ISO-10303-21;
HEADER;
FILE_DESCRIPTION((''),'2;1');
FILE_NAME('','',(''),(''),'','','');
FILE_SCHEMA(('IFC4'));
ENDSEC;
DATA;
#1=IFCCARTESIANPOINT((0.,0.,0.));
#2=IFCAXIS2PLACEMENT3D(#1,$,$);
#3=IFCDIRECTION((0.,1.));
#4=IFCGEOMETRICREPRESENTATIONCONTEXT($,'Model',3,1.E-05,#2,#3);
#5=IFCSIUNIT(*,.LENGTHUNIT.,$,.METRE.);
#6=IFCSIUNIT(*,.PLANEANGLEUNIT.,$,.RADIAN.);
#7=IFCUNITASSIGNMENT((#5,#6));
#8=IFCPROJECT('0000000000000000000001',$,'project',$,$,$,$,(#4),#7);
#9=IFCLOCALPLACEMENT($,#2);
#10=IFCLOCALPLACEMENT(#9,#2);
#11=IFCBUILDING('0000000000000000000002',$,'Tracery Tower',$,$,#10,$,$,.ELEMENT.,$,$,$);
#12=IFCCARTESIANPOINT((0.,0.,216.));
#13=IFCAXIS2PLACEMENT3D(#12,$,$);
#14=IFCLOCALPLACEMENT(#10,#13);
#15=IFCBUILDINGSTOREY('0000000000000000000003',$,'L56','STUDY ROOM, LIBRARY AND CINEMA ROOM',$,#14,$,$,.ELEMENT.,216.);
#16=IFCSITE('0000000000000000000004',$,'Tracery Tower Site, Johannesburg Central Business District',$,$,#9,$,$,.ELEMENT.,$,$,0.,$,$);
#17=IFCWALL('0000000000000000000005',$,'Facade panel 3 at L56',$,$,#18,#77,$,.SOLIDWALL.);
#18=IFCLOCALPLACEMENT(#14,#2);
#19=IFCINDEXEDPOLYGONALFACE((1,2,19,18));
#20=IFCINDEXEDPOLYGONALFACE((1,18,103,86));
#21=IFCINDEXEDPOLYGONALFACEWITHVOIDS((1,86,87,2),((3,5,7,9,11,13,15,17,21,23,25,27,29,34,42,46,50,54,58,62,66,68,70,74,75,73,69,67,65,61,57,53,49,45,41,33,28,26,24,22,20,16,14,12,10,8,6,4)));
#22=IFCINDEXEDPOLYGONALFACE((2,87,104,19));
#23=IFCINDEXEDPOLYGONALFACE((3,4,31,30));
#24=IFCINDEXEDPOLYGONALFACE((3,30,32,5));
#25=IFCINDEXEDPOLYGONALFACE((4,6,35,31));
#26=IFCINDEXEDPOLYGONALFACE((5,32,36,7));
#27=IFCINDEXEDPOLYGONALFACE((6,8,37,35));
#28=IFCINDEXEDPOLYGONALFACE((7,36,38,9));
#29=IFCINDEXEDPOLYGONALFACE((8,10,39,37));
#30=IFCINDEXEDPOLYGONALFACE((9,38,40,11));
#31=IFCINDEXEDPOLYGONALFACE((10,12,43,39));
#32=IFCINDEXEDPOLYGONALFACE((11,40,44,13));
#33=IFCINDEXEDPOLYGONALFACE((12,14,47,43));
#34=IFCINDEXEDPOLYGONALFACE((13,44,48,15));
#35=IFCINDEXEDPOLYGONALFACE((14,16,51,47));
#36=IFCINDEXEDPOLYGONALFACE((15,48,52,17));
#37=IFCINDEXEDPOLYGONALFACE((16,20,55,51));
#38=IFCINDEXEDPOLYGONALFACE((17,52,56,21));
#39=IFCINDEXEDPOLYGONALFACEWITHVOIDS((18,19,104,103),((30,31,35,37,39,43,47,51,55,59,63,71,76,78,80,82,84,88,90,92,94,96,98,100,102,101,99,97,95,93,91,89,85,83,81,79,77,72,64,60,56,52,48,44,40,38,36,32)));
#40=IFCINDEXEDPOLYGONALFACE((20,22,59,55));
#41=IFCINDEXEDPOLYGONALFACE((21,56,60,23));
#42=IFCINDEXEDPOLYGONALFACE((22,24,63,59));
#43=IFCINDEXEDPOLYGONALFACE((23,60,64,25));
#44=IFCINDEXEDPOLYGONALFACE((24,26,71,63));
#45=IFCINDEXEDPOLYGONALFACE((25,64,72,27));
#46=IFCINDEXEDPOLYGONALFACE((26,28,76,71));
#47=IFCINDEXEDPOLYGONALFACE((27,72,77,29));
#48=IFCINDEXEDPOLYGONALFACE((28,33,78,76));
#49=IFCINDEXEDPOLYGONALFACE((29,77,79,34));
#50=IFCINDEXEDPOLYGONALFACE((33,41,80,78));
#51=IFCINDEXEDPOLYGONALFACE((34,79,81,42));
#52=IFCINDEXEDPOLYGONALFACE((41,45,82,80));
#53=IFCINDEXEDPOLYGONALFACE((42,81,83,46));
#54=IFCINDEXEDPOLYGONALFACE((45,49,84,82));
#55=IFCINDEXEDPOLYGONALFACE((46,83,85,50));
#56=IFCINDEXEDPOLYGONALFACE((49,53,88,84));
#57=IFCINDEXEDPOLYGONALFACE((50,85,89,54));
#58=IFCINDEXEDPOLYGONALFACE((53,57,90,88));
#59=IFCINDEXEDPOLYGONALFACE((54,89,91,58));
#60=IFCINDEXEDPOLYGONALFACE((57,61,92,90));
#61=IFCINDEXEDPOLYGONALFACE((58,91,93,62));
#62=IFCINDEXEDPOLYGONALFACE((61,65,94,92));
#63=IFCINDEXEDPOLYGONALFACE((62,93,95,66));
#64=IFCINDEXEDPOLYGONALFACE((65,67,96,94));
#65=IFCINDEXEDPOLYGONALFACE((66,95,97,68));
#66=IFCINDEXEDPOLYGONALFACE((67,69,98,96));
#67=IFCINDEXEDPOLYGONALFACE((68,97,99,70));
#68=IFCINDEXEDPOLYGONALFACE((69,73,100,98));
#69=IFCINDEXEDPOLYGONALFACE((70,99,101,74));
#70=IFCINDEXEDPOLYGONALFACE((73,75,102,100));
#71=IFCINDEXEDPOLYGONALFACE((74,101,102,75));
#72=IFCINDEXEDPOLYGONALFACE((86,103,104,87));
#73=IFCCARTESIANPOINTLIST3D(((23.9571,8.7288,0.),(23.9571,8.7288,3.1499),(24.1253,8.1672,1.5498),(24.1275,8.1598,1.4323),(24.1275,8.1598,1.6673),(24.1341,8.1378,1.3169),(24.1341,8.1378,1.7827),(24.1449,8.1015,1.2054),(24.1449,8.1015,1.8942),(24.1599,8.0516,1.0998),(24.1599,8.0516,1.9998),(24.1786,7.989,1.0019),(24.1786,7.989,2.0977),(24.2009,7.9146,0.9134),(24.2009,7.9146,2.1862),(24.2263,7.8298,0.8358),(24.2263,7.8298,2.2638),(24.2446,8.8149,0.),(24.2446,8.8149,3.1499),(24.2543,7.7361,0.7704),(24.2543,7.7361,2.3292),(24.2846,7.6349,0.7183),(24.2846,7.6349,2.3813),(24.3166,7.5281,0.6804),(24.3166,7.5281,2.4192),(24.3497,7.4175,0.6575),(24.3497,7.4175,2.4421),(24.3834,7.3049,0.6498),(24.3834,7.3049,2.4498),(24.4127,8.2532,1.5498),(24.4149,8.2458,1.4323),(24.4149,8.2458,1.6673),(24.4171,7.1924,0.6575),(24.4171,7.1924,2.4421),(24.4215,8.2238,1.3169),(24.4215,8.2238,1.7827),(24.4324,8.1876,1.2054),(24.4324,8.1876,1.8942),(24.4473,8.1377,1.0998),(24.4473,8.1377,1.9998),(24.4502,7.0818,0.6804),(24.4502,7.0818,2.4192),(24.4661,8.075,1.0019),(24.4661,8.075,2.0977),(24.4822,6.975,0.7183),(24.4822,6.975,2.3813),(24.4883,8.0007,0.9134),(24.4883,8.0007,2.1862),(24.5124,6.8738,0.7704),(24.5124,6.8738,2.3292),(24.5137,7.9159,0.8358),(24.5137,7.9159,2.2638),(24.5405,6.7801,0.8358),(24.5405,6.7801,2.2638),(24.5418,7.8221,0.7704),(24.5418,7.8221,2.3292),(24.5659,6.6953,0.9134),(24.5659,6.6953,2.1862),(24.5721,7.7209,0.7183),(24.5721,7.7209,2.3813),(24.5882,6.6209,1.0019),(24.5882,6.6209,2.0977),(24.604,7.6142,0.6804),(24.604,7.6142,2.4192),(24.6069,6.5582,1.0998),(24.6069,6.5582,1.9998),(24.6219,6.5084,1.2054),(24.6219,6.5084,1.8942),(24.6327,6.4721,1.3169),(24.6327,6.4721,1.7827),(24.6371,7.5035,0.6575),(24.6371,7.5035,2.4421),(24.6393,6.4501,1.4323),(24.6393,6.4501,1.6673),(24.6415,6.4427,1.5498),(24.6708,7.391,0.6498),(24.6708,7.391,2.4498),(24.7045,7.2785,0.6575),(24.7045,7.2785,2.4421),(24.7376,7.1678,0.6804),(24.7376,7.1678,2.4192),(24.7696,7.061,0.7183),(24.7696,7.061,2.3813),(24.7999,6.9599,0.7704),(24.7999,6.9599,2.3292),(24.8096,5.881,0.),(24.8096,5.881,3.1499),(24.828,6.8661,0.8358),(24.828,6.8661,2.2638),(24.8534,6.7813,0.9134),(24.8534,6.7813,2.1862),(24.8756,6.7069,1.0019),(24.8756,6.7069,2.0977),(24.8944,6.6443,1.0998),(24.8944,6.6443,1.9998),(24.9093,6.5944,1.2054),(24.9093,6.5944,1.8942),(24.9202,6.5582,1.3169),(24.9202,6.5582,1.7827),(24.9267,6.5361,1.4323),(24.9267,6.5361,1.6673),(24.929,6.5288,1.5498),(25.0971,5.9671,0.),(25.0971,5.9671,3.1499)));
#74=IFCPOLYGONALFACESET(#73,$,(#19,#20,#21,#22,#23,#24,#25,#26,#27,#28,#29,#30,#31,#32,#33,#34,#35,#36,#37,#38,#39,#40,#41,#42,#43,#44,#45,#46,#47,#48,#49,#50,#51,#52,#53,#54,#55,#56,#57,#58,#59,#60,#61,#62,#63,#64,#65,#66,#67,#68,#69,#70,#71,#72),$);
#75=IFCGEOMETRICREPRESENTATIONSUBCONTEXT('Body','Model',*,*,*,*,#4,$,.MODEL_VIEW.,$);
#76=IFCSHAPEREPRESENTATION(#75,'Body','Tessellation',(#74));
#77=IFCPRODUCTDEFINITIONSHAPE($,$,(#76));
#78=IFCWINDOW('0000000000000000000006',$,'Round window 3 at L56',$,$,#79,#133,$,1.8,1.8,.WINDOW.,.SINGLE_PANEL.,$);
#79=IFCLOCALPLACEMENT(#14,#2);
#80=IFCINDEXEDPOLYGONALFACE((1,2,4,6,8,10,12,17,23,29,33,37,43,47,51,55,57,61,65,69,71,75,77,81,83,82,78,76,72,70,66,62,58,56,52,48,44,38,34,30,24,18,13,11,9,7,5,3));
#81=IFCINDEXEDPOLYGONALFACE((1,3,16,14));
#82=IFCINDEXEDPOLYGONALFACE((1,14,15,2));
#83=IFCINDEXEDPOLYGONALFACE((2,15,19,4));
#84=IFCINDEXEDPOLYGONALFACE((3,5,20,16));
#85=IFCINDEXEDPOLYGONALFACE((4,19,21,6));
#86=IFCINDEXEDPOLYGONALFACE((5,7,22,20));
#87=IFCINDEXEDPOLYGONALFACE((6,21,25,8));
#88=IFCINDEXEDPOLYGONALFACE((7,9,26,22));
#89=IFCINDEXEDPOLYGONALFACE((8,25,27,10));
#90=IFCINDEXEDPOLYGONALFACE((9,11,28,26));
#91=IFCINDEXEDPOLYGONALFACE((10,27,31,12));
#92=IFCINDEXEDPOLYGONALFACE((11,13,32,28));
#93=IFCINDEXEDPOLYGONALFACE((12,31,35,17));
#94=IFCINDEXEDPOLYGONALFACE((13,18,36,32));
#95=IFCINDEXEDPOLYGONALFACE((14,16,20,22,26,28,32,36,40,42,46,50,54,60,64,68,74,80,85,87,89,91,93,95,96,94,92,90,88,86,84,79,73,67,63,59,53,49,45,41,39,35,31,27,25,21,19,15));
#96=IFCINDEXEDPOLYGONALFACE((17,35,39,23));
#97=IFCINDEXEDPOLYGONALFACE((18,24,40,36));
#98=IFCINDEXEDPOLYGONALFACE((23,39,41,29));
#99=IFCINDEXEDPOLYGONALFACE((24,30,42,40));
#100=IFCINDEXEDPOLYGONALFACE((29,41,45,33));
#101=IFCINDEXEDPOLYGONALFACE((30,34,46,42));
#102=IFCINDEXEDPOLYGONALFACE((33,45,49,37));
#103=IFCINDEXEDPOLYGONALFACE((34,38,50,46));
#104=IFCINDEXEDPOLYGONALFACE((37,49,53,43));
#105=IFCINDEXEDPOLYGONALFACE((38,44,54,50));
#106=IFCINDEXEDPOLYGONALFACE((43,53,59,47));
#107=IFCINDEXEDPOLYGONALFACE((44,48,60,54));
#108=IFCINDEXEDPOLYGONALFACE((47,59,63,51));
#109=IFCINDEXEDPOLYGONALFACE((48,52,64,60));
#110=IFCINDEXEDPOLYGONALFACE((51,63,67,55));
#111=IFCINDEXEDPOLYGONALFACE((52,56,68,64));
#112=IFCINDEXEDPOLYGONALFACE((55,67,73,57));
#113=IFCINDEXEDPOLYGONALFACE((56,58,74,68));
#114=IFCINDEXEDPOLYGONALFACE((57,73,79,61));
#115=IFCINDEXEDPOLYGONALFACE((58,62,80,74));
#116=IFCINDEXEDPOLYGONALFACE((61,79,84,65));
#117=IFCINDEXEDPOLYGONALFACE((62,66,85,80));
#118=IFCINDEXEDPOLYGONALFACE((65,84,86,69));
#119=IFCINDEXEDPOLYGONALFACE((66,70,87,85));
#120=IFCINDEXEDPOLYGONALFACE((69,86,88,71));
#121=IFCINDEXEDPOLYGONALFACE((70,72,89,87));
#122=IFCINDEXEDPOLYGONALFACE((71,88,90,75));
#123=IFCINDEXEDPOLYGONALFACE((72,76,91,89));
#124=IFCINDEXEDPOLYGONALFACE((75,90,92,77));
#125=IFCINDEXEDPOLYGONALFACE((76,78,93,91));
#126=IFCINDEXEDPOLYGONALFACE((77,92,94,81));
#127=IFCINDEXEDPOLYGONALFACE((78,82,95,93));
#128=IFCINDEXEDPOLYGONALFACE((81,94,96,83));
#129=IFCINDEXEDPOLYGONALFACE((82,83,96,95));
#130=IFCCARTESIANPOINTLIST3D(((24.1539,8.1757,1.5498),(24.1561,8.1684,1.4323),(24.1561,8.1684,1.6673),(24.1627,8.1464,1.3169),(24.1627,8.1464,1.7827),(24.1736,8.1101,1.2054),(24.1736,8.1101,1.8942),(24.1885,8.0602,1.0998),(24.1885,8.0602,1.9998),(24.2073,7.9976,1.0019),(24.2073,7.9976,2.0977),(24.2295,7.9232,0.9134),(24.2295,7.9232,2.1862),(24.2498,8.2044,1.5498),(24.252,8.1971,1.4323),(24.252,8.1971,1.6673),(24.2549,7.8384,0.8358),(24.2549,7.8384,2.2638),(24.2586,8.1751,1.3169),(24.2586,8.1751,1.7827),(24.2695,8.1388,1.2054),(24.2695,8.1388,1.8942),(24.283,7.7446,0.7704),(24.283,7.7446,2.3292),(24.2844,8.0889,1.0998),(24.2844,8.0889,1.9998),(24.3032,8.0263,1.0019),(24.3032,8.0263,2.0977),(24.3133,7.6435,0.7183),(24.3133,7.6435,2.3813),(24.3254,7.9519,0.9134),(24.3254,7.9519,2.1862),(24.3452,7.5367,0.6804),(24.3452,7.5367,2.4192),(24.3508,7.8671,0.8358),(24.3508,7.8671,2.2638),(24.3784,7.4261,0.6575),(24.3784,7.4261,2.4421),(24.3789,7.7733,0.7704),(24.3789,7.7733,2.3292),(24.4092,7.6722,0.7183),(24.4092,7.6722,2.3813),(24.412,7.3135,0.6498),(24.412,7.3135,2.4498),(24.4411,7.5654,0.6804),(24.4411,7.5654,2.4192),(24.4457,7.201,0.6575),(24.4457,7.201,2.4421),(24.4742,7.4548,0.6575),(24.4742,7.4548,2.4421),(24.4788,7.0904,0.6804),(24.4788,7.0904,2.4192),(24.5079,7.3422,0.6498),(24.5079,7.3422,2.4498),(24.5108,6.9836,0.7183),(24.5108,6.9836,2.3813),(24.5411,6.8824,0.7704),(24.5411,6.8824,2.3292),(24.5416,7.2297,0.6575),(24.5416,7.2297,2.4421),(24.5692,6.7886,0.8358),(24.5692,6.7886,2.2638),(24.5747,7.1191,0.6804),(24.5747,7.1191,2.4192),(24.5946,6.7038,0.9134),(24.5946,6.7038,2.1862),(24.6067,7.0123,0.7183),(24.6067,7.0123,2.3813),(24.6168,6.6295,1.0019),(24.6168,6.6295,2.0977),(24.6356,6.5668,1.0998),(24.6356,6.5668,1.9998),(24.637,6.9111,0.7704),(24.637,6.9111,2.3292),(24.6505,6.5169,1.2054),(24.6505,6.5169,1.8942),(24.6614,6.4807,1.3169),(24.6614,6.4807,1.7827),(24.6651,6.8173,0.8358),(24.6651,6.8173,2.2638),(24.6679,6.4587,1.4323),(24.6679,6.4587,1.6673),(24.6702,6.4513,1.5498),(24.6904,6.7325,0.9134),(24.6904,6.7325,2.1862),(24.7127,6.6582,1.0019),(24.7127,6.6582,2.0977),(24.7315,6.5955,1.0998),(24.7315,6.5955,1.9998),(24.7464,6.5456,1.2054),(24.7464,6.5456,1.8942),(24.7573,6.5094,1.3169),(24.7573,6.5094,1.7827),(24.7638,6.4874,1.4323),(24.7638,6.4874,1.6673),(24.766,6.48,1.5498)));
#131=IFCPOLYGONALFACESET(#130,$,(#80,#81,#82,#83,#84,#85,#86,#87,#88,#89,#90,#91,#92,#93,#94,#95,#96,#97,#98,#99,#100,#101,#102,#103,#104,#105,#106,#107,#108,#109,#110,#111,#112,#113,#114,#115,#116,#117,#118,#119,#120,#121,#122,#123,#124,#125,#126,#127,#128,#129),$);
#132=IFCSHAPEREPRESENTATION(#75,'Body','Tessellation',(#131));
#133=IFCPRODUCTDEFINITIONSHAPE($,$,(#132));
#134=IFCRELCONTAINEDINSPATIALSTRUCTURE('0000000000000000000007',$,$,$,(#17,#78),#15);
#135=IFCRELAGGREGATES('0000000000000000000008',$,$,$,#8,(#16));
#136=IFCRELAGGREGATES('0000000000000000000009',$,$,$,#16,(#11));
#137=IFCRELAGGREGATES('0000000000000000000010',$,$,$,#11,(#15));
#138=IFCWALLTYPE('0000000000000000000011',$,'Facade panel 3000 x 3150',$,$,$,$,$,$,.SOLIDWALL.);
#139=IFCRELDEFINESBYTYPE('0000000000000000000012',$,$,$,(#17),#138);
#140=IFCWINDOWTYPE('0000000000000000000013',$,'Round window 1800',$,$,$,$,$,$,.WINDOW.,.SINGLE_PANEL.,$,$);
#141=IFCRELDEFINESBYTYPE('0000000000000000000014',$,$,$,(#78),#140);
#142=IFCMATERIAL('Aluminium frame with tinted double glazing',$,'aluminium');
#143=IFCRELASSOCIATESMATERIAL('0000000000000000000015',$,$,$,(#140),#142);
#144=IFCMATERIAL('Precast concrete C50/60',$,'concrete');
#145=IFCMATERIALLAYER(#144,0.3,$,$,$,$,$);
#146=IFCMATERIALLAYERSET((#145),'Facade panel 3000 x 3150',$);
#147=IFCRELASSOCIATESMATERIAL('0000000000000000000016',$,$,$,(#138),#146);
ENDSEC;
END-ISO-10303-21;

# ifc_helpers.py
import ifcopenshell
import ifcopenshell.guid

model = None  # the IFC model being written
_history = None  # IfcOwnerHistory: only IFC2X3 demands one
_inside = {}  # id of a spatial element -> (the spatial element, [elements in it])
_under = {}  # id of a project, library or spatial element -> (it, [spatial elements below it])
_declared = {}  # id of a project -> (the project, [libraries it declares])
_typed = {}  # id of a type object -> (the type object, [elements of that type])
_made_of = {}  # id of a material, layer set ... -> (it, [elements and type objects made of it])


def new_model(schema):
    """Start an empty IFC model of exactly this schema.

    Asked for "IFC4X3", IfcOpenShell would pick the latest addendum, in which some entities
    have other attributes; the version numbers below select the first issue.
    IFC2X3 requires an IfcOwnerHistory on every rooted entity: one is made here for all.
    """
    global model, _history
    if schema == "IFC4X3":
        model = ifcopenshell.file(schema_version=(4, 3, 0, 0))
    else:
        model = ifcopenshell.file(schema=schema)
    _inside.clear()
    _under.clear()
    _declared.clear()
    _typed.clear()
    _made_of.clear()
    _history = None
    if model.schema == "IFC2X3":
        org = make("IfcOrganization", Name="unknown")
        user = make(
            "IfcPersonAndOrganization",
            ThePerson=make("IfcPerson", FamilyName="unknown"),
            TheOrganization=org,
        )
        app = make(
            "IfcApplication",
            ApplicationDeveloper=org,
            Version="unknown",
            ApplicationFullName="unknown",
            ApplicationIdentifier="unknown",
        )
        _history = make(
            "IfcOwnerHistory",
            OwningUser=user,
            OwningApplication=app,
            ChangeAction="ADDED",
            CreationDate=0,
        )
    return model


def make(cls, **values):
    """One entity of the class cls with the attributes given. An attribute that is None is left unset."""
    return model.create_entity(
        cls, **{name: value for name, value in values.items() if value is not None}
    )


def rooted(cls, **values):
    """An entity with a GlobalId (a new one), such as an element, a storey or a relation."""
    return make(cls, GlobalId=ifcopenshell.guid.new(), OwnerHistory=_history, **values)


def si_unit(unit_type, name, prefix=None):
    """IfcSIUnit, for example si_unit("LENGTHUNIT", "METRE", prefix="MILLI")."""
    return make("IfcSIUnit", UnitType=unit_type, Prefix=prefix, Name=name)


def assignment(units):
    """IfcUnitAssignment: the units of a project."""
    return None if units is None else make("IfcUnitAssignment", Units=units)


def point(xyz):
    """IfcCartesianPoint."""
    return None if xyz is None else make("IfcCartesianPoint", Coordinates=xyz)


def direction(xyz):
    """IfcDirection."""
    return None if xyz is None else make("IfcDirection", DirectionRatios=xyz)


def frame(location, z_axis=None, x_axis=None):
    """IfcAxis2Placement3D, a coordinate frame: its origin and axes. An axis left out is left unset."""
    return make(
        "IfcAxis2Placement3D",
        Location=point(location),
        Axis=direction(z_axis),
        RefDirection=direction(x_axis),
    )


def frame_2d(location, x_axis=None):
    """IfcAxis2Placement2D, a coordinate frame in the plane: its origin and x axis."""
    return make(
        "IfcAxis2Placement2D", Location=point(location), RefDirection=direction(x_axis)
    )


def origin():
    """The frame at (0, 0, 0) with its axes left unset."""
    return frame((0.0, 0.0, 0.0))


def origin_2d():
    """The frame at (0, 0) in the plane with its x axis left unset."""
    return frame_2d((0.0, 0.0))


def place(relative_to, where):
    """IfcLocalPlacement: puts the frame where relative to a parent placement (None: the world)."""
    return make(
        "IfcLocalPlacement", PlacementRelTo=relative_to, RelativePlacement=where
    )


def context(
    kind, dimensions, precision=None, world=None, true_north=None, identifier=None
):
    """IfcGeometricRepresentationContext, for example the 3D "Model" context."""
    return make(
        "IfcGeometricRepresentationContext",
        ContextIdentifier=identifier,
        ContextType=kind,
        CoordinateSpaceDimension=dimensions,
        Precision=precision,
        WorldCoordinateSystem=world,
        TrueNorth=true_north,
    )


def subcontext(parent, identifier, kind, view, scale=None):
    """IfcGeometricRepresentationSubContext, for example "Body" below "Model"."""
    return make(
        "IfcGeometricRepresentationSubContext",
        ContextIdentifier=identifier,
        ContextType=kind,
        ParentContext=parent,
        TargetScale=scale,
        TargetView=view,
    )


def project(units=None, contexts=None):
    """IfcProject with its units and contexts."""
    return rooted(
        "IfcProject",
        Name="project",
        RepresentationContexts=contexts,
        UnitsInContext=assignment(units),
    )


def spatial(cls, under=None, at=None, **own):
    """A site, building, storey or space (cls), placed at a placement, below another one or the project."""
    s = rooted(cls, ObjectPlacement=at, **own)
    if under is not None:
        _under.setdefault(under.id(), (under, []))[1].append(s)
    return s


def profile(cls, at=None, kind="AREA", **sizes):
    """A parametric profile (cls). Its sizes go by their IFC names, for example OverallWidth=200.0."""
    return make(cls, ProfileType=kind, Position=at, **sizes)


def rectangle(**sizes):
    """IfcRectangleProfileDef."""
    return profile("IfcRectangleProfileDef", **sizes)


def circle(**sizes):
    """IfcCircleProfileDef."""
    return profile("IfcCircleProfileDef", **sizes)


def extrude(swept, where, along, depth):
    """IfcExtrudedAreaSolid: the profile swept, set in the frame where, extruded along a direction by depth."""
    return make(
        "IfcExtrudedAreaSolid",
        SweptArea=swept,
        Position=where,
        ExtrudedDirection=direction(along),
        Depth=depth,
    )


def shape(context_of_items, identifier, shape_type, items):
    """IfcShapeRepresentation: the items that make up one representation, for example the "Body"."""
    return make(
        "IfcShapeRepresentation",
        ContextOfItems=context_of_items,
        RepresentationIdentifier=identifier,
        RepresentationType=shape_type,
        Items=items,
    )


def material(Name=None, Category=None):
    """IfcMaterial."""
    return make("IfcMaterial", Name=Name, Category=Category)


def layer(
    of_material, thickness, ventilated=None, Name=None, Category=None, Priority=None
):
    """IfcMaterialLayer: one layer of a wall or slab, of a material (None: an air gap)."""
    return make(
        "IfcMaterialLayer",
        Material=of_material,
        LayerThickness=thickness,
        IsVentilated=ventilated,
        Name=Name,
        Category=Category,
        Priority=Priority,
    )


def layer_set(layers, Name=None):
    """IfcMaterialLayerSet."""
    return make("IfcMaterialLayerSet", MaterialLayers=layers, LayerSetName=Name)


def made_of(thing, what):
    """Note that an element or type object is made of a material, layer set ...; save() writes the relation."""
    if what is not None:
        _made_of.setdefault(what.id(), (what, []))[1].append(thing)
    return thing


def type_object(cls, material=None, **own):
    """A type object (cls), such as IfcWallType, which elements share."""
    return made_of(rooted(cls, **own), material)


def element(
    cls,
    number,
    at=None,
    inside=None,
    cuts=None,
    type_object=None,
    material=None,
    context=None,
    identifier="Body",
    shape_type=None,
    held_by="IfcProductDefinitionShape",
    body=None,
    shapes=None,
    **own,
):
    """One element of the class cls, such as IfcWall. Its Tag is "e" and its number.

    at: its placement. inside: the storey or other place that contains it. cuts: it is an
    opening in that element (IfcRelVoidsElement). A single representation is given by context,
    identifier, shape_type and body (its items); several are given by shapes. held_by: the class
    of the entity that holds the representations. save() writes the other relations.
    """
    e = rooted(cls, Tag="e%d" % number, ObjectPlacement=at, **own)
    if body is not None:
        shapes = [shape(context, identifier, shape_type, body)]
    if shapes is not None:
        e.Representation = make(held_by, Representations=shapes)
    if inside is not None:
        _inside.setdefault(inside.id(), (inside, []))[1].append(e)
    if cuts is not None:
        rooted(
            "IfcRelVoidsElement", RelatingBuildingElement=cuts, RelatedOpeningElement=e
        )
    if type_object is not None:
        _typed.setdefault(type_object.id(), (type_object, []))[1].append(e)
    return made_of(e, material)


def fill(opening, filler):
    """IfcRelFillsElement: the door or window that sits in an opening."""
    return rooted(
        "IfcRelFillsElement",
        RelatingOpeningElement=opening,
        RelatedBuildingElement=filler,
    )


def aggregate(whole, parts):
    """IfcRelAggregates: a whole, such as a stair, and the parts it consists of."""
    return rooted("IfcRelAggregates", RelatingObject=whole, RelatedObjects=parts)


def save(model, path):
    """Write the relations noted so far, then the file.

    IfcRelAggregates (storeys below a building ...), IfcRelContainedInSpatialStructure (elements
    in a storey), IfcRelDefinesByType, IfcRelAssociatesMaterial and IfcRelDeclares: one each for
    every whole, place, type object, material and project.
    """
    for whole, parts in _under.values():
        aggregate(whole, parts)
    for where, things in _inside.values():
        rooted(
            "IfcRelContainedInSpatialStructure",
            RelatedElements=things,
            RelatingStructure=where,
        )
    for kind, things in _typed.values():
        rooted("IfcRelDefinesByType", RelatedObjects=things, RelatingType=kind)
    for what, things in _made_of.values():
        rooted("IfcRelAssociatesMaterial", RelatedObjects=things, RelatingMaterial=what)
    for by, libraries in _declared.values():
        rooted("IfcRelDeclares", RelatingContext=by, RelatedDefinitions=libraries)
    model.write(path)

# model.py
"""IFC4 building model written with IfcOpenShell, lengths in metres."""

from ifc_helpers import new_model, si_unit, direction, frame, frame_2d, origin, origin_2d, place, context, subcontext, project, spatial, rectangle, circle, extrude, material, layer, layer_set, type_object, element, fill, save


model = new_model("IFC4")

# Units and contexts
model_context = context("Model", 3, precision=1e-05, world=origin(), true_north=direction((0.0, 1.0)))
body_context = subcontext(model_context, "Body", "Model", "MODEL_VIEW")
ifc_project = project(units=[si_unit("LENGTHUNIT", "METRE"), si_unit("PLANEANGLEUNIT", "RADIAN")], contexts=[model_context])

# Site, building, storey
site_placement = place(None, origin())
site = spatial("IfcSite", under=ifc_project, at=site_placement, Name="Tracery Tower Site, Johannesburg Central Business District", CompositionType="ELEMENT", RefElevation=0.0)
building_placement = place(site_placement, origin())
building = spatial("IfcBuilding", under=site, at=building_placement, Name="Tracery Tower", CompositionType="ELEMENT")
storey_placement = place(building_placement, frame((0.0, 0.0, 216.0)))
storey = spatial("IfcBuildingStorey", under=building, at=storey_placement, Name="L56", Description="STUDY ROOM, LIBRARY AND CINEMA ROOM", CompositionType="ELEMENT", Elevation=216.0)

# Wall, opening, window
ifc_material_1 = material(Name="Aluminium frame with tinted double glazing", Category="aluminium")
window_type = type_object("IfcWindowType", Name="Round window 1800", PartitioningType="SINGLE_PANEL", PredefinedType="WINDOW", material=ifc_material_1)
ifc_material_2 = material(Name="Precast concrete C50/60", Category="concrete")
ifc_layer_1 = layer(ifc_material_2, 0.3)
ifc_layer_set_1 = layer_set([ifc_layer_1], Name="Facade panel 3000 x 3150")
wall_type_1 = type_object("IfcWallType", Name="Facade panel 3000 x 3150", PredefinedType="SOLIDWALL", material=ifc_layer_set_1)
wall_1_placement = place(storey_placement, frame((24.9534, 5.9241, 0.0), z_axis=(0.0, 0.0, 1.0), x_axis=(-0.286783, 0.957996, 0.0)))
wall_1 = element("IfcWall", 1, at=wall_1_placement, inside=storey, type_object=wall_type_1, Name="Facade panel 3 at L56", PredefinedType="SOLIDWALL", context=body_context, shape_type="SweptSolid", body=[
    extrude(rectangle(XDim=2.9727, YDim=0.3, at=frame_2d((1.4863, 0.0))), origin(), (0.0, 0.0, 1.0), 3.1499),
])
opening_1_placement = place(wall_1_placement, frame((1.4863, 0.0, 1.5498)))
opening_1 = element("IfcOpeningElement", 2, at=opening_1_placement, cuts=wall_1, PredefinedType="OPENING", context=body_context, shape_type="SweptSolid", body=[
    extrude(circle(Radius=0.9, at=origin_2d()), frame((0.0, 0.1599, 0.0), z_axis=(0.0, -1.0, 0.0), x_axis=(1.0, 0.0, 0.0)), (0.0, 0.0, 1.0), 0.3201),
])
window_1_placement = place(opening_1_placement, origin())
window_1 = element("IfcWindow", 3, at=window_1_placement, inside=storey, type_object=window_type, Name="Round window 3 at L56", OverallHeight=1.8, OverallWidth=1.8, PartitioningType="SINGLE_PANEL", PredefinedType="WINDOW", context=body_context, shape_type="SweptSolid", body=[
    extrude(circle(Radius=0.9, at=origin_2d()), frame((0.0, 0.1201, 0.0), z_axis=(0.0, -1.0, 0.0), x_axis=(1.0, 0.0, 0.0)), (0.0, 0.0, 1.0), 0.1001),
])
fill(opening_1, window_1)

save(model, "model.ifc")
